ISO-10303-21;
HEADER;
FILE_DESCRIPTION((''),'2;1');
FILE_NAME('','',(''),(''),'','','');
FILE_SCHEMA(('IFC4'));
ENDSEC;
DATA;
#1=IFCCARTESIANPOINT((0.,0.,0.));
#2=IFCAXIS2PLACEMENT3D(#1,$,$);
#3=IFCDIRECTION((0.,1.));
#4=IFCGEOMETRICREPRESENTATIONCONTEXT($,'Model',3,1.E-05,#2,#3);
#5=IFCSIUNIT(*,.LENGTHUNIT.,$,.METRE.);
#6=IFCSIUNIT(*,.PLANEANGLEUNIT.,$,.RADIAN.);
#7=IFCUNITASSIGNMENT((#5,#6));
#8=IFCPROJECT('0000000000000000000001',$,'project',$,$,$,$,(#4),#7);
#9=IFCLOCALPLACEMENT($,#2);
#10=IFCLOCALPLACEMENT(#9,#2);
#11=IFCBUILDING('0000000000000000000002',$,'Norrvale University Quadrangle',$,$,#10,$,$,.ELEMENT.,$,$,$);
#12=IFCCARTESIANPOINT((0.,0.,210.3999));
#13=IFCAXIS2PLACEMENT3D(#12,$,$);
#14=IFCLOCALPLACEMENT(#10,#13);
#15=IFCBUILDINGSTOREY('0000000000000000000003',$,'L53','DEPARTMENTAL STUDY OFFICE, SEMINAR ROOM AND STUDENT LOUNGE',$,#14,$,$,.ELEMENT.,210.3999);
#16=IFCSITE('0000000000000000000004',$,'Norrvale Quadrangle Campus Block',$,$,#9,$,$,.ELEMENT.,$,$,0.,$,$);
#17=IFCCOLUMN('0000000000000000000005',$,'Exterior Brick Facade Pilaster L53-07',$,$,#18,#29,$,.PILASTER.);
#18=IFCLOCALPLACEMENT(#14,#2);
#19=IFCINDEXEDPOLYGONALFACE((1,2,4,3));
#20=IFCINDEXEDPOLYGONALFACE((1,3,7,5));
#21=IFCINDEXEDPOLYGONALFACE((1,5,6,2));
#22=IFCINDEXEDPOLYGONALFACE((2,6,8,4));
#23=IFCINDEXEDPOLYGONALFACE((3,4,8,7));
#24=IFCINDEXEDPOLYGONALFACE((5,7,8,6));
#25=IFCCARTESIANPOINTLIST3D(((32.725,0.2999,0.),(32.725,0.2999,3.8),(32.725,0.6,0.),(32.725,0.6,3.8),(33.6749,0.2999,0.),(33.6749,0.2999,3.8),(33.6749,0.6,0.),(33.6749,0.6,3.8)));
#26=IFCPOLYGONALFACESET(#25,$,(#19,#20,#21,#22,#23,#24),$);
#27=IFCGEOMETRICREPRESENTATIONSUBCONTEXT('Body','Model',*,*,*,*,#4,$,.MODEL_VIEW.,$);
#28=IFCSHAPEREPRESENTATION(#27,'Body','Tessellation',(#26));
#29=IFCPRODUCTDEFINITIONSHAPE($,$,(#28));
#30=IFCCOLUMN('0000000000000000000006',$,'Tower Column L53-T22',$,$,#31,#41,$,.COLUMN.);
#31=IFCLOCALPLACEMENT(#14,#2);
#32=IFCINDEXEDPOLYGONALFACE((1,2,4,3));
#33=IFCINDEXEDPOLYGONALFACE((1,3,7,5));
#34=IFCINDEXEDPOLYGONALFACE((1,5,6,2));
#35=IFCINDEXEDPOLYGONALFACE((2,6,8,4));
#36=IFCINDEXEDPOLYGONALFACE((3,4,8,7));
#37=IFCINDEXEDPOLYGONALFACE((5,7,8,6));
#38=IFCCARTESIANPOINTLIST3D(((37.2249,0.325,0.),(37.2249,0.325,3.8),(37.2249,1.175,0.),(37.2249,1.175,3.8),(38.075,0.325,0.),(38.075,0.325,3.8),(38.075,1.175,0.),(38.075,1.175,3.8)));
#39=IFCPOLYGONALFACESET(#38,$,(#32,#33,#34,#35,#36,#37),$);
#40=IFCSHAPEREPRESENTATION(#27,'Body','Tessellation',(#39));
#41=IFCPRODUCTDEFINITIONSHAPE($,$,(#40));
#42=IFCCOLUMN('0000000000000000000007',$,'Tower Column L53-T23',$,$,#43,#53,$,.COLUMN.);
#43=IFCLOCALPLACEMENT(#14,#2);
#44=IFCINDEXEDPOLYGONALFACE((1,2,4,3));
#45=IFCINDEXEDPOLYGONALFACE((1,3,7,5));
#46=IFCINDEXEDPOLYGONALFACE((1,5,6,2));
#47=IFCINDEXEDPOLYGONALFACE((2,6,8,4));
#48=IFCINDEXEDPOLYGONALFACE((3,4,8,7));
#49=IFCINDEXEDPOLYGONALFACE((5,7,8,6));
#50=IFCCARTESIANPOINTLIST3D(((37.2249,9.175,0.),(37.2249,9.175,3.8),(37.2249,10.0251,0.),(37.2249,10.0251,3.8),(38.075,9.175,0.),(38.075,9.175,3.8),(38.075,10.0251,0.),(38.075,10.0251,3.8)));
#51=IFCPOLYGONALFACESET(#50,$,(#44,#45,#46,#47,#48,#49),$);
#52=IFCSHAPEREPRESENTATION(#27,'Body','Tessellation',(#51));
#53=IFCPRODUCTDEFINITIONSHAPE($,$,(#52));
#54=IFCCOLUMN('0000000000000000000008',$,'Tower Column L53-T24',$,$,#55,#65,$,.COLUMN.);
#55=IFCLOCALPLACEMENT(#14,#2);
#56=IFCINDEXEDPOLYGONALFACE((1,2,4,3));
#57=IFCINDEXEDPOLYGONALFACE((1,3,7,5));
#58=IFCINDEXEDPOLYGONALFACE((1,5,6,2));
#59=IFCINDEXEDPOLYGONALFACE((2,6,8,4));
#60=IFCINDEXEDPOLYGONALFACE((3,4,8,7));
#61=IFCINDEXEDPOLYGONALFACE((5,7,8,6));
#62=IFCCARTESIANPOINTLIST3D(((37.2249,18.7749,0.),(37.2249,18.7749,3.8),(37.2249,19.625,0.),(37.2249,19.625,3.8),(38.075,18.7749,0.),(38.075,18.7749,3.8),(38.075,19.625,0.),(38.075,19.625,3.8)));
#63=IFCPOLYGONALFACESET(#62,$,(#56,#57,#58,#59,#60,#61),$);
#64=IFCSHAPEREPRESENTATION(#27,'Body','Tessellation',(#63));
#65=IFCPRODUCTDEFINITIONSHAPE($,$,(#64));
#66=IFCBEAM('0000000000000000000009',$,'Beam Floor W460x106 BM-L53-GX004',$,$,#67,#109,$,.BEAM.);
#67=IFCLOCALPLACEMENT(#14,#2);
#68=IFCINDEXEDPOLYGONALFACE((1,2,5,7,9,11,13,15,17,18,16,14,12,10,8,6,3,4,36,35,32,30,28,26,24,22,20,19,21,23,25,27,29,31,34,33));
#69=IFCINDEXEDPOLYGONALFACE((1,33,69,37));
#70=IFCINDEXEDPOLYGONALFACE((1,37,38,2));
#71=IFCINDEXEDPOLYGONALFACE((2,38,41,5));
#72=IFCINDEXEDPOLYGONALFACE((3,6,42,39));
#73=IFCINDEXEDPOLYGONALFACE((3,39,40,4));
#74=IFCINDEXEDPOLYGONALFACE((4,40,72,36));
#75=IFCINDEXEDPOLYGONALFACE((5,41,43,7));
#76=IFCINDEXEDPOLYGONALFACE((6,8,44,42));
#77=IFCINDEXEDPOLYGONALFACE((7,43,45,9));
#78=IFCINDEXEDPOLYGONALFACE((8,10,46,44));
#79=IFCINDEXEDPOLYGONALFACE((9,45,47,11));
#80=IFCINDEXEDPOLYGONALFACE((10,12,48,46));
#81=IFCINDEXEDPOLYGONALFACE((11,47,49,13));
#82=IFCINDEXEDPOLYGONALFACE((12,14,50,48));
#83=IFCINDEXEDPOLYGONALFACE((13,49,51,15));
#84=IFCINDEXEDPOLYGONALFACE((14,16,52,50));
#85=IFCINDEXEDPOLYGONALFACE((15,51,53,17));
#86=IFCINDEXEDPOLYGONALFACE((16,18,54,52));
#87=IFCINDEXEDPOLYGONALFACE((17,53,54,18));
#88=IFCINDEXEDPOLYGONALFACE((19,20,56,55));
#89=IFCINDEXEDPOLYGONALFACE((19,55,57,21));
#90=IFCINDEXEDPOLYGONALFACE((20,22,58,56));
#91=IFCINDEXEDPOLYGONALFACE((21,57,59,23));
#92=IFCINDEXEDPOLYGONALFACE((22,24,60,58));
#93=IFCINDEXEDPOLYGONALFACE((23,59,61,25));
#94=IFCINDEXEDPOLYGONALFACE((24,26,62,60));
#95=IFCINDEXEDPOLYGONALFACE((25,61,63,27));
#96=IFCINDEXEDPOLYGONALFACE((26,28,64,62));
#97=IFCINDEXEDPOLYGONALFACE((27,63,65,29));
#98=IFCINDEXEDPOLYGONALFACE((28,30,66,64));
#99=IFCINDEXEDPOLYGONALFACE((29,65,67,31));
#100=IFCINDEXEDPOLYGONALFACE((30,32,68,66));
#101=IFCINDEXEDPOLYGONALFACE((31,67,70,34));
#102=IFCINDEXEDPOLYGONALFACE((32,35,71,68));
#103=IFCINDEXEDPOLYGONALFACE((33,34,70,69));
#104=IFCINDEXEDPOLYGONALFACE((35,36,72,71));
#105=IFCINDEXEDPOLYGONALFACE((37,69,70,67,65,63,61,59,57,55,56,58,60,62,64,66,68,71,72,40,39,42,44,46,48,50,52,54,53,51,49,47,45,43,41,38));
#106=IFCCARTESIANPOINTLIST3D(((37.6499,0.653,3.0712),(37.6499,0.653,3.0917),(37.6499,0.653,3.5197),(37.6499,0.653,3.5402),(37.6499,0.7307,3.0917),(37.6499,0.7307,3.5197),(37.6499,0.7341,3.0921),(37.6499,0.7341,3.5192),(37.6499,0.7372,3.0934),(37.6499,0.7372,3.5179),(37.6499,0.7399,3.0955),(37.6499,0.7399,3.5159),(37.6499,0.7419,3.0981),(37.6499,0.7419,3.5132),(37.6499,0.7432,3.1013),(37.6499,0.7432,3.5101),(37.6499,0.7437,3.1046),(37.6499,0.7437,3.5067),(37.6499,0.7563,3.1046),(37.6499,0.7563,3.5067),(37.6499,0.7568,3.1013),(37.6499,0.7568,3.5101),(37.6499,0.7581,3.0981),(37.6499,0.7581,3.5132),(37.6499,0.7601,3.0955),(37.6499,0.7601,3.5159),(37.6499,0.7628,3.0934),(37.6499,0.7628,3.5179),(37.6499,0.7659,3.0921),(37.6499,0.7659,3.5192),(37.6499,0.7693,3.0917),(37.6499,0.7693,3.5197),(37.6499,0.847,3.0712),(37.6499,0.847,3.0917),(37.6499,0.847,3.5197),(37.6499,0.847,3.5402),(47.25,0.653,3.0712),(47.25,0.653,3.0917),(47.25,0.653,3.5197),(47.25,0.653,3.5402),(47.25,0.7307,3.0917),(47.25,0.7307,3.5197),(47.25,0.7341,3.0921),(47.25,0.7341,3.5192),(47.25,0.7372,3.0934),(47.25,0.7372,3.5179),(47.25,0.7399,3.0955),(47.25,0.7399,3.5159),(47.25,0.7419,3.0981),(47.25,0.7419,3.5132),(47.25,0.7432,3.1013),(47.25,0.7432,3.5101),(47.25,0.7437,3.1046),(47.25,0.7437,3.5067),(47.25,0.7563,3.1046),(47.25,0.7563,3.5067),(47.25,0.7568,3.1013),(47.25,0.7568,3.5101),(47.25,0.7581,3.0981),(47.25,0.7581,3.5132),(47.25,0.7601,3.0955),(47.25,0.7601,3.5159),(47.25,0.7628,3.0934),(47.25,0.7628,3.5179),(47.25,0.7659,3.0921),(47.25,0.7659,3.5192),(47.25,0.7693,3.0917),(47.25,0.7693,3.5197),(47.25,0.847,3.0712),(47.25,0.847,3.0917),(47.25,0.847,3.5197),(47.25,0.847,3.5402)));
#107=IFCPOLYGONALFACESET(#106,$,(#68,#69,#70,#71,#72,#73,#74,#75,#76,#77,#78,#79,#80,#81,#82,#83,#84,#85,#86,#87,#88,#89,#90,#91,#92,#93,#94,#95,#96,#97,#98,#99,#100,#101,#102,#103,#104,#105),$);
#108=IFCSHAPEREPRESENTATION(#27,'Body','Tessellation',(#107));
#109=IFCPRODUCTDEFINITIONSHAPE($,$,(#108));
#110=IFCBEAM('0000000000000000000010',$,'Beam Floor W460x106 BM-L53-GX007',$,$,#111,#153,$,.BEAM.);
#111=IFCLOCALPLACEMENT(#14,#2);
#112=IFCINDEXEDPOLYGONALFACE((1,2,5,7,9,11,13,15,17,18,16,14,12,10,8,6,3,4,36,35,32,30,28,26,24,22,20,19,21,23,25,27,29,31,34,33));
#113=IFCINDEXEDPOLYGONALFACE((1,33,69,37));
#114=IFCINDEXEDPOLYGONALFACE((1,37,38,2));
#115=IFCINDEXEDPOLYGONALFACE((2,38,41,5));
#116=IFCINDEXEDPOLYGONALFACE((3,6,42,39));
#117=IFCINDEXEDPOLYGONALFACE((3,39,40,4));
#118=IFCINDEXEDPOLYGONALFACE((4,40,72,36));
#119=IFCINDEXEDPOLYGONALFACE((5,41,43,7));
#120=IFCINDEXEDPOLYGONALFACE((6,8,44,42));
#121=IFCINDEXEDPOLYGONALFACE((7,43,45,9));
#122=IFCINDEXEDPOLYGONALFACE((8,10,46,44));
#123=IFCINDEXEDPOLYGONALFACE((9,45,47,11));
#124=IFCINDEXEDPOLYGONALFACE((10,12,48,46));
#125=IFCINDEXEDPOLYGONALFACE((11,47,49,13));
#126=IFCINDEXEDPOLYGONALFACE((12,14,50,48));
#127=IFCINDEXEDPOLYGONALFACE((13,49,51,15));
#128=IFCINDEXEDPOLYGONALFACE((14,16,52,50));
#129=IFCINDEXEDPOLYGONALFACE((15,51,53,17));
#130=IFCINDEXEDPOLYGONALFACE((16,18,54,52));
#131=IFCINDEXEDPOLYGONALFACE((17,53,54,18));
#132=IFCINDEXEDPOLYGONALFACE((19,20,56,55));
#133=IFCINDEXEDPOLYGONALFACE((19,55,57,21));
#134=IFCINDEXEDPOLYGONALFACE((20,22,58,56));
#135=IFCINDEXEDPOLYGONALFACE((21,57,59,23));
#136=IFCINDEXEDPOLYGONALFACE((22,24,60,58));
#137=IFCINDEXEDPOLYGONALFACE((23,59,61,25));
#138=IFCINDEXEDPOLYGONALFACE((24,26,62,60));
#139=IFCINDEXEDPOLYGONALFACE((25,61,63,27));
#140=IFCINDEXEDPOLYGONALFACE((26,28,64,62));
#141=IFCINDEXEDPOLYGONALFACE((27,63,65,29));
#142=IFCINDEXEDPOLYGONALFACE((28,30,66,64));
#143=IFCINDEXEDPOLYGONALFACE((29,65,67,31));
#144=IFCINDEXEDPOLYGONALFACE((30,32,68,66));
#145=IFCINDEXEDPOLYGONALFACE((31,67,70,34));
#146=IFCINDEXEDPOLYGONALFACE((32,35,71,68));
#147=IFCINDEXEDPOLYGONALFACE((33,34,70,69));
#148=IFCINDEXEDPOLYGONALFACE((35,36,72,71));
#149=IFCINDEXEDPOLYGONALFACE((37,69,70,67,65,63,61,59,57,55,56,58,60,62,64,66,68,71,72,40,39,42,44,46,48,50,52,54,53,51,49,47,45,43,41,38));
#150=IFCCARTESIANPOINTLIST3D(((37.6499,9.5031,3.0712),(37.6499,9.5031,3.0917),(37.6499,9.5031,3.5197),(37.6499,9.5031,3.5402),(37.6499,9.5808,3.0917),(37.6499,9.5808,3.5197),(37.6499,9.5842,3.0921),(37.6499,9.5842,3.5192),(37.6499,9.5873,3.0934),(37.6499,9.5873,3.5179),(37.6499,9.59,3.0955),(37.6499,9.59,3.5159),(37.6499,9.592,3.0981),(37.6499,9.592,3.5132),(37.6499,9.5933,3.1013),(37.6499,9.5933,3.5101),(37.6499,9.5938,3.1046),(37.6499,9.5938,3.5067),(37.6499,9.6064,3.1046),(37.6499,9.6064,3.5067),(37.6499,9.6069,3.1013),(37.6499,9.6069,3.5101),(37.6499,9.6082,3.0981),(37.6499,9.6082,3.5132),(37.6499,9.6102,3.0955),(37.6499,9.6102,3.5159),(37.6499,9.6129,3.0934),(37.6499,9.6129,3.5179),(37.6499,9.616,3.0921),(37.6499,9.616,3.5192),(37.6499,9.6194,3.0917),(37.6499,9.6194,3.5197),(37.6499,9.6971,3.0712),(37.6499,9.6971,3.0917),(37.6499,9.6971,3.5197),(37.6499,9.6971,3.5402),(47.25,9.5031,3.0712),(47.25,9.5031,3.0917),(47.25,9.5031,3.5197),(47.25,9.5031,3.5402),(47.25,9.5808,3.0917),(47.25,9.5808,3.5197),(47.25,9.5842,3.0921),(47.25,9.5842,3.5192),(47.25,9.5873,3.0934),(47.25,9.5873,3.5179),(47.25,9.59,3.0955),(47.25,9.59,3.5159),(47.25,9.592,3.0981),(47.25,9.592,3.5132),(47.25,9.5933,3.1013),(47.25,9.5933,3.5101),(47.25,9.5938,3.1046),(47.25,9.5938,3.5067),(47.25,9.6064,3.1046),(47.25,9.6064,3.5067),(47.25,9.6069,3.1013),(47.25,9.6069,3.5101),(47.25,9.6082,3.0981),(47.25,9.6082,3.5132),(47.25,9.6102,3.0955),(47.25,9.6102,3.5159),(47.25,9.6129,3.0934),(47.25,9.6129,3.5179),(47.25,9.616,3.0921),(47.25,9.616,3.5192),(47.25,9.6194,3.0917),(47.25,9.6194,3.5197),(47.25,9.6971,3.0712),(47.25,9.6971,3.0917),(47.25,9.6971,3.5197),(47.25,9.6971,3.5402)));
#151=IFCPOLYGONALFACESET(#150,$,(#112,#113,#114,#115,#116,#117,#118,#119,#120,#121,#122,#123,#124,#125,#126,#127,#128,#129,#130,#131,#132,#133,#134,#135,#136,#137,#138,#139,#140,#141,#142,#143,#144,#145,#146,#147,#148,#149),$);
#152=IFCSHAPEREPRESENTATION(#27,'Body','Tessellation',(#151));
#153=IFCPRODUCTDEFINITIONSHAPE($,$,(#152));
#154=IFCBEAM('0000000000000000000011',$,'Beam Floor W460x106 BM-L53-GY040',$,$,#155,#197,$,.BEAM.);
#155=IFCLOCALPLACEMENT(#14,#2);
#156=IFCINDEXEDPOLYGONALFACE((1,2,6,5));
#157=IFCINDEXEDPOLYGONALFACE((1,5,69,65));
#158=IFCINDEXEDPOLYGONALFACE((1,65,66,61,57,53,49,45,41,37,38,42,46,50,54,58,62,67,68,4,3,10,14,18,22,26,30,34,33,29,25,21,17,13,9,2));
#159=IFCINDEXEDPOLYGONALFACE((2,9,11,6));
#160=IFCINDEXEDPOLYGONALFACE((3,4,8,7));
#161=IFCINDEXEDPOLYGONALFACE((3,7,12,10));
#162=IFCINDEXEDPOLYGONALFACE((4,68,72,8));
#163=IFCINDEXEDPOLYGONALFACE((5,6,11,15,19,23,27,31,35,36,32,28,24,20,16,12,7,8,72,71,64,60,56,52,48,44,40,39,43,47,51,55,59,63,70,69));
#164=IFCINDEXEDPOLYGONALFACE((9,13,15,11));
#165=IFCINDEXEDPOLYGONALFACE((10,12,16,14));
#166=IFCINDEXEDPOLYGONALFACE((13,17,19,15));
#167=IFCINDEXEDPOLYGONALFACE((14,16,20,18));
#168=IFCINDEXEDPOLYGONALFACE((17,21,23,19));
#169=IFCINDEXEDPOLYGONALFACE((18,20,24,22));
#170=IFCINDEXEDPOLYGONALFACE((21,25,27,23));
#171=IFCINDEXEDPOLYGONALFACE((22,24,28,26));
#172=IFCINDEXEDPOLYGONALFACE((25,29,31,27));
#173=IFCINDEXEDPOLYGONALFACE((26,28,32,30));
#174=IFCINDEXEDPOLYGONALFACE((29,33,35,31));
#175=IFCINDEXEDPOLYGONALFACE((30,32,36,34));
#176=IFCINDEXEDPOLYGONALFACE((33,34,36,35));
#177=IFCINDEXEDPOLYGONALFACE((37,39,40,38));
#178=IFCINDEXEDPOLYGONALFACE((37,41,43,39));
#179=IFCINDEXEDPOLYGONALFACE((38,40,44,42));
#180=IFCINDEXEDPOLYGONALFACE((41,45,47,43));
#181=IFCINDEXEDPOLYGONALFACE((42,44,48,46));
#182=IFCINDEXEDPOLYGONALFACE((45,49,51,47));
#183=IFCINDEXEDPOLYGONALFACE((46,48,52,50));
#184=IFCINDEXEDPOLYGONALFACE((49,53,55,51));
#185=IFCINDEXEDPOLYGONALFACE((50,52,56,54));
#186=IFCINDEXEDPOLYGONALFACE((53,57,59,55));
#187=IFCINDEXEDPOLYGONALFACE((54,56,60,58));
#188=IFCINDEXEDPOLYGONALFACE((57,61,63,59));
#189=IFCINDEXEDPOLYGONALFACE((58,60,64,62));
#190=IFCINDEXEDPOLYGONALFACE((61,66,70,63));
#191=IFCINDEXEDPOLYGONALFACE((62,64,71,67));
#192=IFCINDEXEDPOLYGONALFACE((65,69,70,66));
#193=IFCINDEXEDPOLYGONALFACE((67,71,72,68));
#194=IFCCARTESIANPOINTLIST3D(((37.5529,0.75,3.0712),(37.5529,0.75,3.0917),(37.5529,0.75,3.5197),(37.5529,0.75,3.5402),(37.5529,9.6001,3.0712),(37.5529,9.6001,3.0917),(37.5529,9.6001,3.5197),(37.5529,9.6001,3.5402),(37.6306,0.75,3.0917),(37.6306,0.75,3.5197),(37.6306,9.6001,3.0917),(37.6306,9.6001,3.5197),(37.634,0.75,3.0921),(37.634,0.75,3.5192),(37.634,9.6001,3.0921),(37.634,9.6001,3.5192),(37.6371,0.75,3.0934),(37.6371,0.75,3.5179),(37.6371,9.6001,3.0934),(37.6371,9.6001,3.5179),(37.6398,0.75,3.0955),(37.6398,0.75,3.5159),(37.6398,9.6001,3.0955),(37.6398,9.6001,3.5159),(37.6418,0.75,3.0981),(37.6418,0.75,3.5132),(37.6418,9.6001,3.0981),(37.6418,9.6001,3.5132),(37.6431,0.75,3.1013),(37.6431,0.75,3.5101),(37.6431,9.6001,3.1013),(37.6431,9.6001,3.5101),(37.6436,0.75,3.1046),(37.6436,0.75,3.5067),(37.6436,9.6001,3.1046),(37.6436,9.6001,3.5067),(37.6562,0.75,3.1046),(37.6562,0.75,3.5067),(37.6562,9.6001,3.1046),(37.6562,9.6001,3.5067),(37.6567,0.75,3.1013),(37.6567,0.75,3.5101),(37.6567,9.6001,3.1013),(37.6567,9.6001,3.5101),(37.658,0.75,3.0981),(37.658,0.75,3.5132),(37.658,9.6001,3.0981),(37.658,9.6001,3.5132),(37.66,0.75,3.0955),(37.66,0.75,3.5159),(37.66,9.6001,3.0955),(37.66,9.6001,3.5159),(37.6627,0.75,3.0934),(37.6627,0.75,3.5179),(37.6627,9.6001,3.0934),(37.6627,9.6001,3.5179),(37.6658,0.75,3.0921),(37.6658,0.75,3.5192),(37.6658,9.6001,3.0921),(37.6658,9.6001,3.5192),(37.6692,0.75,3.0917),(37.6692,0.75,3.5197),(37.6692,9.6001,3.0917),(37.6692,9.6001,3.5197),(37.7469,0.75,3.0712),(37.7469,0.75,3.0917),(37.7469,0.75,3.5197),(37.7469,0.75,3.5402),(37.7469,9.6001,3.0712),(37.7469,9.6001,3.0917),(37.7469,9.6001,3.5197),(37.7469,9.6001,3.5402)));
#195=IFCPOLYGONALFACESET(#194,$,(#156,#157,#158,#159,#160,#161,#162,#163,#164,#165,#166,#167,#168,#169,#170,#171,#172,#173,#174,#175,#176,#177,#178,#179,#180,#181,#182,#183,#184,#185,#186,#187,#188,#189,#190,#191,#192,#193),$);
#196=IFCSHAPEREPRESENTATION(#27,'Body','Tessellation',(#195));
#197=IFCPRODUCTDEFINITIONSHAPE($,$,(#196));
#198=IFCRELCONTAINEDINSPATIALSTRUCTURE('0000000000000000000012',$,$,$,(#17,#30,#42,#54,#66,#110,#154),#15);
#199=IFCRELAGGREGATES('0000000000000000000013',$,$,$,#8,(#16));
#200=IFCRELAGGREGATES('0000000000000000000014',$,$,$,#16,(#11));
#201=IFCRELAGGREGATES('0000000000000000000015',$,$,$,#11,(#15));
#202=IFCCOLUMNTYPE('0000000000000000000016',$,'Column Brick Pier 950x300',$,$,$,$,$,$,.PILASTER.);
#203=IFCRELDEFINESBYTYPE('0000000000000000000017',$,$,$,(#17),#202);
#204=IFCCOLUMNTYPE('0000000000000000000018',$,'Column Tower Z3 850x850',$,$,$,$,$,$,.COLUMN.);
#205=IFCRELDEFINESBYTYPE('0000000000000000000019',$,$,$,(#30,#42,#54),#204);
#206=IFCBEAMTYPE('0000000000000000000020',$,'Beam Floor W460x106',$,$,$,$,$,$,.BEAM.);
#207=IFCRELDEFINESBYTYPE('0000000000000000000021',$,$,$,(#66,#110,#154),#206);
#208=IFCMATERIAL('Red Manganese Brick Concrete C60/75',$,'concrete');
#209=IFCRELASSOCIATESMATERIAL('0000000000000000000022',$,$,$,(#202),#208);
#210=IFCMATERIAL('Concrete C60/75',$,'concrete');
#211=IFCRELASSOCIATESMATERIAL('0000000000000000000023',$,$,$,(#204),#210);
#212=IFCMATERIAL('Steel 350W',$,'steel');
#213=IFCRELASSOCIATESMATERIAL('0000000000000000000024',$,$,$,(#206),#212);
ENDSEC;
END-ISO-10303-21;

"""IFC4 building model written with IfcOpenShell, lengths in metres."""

from ifc_helpers import new_model, si_unit, direction, frame, origin, origin_2d, place, context, subcontext, project, spatial, rectangle, i_section, extrude, material, material_profile, profile_set, type_object, element, save


model = new_model("IFC4")

# Units and contexts
model_context = context("Model", 3, precision=1e-05, world=origin(), true_north=direction((0.0, 1.0)))
body_context = subcontext(model_context, "Body", "Model", "MODEL_VIEW")
ifc_project = project(units=[si_unit("LENGTHUNIT", "METRE"), si_unit("PLANEANGLEUNIT", "RADIAN")], contexts=[model_context])

# Site, building, storey
site_placement = place(None, origin())
site = spatial("IfcSite", under=ifc_project, at=site_placement, Name="Norrvale Quadrangle Campus Block", CompositionType="ELEMENT", RefElevation=0.0)
building_placement = place(site_placement, origin())
building = spatial("IfcBuilding", under=site, at=building_placement, Name="Norrvale University Quadrangle", CompositionType="ELEMENT")
storey_placement = place(building_placement, frame((0.0, 0.0, 210.3999)))
storey = spatial("IfcBuildingStorey", under=building, at=storey_placement, Name="L53", Description="DEPARTMENTAL STUDY OFFICE, SEMINAR ROOM AND STUDENT LOUNGE", CompositionType="ELEMENT", Elevation=210.3999)

# Columns
ifc_material_1 = material(Name="Red Manganese Brick Concrete C60/75", Category="concrete")
ifc_material_profile_1 = material_profile(ifc_material_1, rectangle(XDim=0.95, YDim=0.3, at=origin_2d()), Name="Red Manganese Brick Concrete C60/75")
ifc_profile_set_1 = profile_set([ifc_material_profile_1], Name="Red Manganese Brick Concrete C60/75")
column_type_1 = type_object("IfcColumnType", Name="Column Brick Pier 950x300", PredefinedType="PILASTER", material=ifc_profile_set_1)
column_placement = place(storey_placement, frame((33.2, 0.45, 0.0), z_axis=(0.0, 0.0, 1.0), x_axis=(1.0, 0.0, 0.0)))
element("IfcColumn", 1, at=column_placement, inside=storey, type_object=column_type_1, Name="Exterior Brick Facade Pilaster L53-07", PredefinedType="PILASTER", context=body_context, shape_type="SweptSolid", body=[
    extrude(rectangle(XDim=0.95, YDim=0.3, at=origin_2d()), origin(), (0.0, 0.0, 1.0), 3.8),
])
ifc_material_2 = material(Name="Concrete C60/75", Category="concrete")
ifc_material_profile_2 = material_profile(ifc_material_2, rectangle(XDim=0.8501, YDim=0.8501, at=origin_2d()), Name="Concrete C60/75")
ifc_profile_set_2 = profile_set([ifc_material_profile_2], Name="Concrete C60/75")
column_type_2 = type_object("IfcColumnType", Name="Column Tower Z3 850x850", PredefinedType="COLUMN", material=ifc_profile_set_2)
for number, where, z_axis, x_axis, name in (
    (2, (37.6499, 0.75, 0.0), (0.0, 0.0, 1.0), (1.0, 0.0, 0.0), "Tower Column L53-T22"),
    (3, (37.6499, 9.6001, 0.0), (0.0, 0.0, 1.0), (1.0, 0.0, 0.0), "Tower Column L53-T23"),
    (4, (37.6499, 19.2, 0.0), (0.0, 0.0, 1.0), (1.0, 0.0, 0.0), "Tower Column L53-T24"),
):
    element("IfcColumn", number, at=place(storey_placement, frame(where, z_axis=z_axis, x_axis=x_axis)), inside=storey, type_object=column_type_2, Name=name, PredefinedType="COLUMN", context=body_context, shape_type="SweptSolid", body=[
        extrude(rectangle(XDim=0.8501, YDim=0.8501, at=origin_2d()), origin(), (0.0, 0.0, 1.0), 3.8),
    ])

# Beams
ifc_material_3 = material(Name="Steel 350W", Category="steel")
ifc_material_profile_3 = material_profile(ifc_material_3, i_section(OverallWidth=0.1941, OverallDepth=0.469, WebThickness=0.0127, FlangeThickness=0.0205, FilletRadius=0.0129, at=origin_2d()), Name="Steel 350W")
ifc_profile_set_3 = profile_set([ifc_material_profile_3], Name="Steel 350W")
beam_type_1 = type_object("IfcBeamType", Name="Beam Floor W460x106", PredefinedType="BEAM", material=ifc_profile_set_3)
for number, where, z_axis, x_axis, name in (
    (5, (37.6499, 0.75, 3.3057), (1.0, 0.0, 0.0), (0.0, 1.0, 0.0), "Beam Floor W460x106 BM-L53-GX004"),
    (6, (37.6499, 9.6001, 3.3057), (1.0, 0.0, 0.0), (0.0, 1.0, 0.0), "Beam Floor W460x106 BM-L53-GX007"),
):
    element("IfcBeam", number, at=place(storey_placement, frame(where, z_axis=z_axis, x_axis=x_axis)), inside=storey, type_object=beam_type_1, Name=name, PredefinedType="BEAM", context=body_context, shape_type="SweptSolid", body=[
        extrude(i_section(OverallWidth=0.1941, OverallDepth=0.469, WebThickness=0.0127, FlangeThickness=0.0205, FilletRadius=0.0129, at=origin_2d()), origin(), (0.0, 0.0, 1.0), 9.6001),
    ])
beam_1_placement = place(storey_placement, frame((37.6499, 0.75, 3.3057), z_axis=(0.0, 1.0, 0.0), x_axis=(-1.0, 0.0, 0.0)))
element("IfcBeam", 7, at=beam_1_placement, inside=storey, type_object=beam_type_1, Name="Beam Floor W460x106 BM-L53-GY040", PredefinedType="BEAM", context=body_context, shape_type="SweptSolid", body=[
    extrude(i_section(OverallWidth=0.1941, OverallDepth=0.469, WebThickness=0.0127, FlangeThickness=0.0205, FilletRadius=0.0129, at=origin_2d()), origin(), (0.0, 0.0, 1.0), 8.8501),
])

save(model, "model.ifc")
